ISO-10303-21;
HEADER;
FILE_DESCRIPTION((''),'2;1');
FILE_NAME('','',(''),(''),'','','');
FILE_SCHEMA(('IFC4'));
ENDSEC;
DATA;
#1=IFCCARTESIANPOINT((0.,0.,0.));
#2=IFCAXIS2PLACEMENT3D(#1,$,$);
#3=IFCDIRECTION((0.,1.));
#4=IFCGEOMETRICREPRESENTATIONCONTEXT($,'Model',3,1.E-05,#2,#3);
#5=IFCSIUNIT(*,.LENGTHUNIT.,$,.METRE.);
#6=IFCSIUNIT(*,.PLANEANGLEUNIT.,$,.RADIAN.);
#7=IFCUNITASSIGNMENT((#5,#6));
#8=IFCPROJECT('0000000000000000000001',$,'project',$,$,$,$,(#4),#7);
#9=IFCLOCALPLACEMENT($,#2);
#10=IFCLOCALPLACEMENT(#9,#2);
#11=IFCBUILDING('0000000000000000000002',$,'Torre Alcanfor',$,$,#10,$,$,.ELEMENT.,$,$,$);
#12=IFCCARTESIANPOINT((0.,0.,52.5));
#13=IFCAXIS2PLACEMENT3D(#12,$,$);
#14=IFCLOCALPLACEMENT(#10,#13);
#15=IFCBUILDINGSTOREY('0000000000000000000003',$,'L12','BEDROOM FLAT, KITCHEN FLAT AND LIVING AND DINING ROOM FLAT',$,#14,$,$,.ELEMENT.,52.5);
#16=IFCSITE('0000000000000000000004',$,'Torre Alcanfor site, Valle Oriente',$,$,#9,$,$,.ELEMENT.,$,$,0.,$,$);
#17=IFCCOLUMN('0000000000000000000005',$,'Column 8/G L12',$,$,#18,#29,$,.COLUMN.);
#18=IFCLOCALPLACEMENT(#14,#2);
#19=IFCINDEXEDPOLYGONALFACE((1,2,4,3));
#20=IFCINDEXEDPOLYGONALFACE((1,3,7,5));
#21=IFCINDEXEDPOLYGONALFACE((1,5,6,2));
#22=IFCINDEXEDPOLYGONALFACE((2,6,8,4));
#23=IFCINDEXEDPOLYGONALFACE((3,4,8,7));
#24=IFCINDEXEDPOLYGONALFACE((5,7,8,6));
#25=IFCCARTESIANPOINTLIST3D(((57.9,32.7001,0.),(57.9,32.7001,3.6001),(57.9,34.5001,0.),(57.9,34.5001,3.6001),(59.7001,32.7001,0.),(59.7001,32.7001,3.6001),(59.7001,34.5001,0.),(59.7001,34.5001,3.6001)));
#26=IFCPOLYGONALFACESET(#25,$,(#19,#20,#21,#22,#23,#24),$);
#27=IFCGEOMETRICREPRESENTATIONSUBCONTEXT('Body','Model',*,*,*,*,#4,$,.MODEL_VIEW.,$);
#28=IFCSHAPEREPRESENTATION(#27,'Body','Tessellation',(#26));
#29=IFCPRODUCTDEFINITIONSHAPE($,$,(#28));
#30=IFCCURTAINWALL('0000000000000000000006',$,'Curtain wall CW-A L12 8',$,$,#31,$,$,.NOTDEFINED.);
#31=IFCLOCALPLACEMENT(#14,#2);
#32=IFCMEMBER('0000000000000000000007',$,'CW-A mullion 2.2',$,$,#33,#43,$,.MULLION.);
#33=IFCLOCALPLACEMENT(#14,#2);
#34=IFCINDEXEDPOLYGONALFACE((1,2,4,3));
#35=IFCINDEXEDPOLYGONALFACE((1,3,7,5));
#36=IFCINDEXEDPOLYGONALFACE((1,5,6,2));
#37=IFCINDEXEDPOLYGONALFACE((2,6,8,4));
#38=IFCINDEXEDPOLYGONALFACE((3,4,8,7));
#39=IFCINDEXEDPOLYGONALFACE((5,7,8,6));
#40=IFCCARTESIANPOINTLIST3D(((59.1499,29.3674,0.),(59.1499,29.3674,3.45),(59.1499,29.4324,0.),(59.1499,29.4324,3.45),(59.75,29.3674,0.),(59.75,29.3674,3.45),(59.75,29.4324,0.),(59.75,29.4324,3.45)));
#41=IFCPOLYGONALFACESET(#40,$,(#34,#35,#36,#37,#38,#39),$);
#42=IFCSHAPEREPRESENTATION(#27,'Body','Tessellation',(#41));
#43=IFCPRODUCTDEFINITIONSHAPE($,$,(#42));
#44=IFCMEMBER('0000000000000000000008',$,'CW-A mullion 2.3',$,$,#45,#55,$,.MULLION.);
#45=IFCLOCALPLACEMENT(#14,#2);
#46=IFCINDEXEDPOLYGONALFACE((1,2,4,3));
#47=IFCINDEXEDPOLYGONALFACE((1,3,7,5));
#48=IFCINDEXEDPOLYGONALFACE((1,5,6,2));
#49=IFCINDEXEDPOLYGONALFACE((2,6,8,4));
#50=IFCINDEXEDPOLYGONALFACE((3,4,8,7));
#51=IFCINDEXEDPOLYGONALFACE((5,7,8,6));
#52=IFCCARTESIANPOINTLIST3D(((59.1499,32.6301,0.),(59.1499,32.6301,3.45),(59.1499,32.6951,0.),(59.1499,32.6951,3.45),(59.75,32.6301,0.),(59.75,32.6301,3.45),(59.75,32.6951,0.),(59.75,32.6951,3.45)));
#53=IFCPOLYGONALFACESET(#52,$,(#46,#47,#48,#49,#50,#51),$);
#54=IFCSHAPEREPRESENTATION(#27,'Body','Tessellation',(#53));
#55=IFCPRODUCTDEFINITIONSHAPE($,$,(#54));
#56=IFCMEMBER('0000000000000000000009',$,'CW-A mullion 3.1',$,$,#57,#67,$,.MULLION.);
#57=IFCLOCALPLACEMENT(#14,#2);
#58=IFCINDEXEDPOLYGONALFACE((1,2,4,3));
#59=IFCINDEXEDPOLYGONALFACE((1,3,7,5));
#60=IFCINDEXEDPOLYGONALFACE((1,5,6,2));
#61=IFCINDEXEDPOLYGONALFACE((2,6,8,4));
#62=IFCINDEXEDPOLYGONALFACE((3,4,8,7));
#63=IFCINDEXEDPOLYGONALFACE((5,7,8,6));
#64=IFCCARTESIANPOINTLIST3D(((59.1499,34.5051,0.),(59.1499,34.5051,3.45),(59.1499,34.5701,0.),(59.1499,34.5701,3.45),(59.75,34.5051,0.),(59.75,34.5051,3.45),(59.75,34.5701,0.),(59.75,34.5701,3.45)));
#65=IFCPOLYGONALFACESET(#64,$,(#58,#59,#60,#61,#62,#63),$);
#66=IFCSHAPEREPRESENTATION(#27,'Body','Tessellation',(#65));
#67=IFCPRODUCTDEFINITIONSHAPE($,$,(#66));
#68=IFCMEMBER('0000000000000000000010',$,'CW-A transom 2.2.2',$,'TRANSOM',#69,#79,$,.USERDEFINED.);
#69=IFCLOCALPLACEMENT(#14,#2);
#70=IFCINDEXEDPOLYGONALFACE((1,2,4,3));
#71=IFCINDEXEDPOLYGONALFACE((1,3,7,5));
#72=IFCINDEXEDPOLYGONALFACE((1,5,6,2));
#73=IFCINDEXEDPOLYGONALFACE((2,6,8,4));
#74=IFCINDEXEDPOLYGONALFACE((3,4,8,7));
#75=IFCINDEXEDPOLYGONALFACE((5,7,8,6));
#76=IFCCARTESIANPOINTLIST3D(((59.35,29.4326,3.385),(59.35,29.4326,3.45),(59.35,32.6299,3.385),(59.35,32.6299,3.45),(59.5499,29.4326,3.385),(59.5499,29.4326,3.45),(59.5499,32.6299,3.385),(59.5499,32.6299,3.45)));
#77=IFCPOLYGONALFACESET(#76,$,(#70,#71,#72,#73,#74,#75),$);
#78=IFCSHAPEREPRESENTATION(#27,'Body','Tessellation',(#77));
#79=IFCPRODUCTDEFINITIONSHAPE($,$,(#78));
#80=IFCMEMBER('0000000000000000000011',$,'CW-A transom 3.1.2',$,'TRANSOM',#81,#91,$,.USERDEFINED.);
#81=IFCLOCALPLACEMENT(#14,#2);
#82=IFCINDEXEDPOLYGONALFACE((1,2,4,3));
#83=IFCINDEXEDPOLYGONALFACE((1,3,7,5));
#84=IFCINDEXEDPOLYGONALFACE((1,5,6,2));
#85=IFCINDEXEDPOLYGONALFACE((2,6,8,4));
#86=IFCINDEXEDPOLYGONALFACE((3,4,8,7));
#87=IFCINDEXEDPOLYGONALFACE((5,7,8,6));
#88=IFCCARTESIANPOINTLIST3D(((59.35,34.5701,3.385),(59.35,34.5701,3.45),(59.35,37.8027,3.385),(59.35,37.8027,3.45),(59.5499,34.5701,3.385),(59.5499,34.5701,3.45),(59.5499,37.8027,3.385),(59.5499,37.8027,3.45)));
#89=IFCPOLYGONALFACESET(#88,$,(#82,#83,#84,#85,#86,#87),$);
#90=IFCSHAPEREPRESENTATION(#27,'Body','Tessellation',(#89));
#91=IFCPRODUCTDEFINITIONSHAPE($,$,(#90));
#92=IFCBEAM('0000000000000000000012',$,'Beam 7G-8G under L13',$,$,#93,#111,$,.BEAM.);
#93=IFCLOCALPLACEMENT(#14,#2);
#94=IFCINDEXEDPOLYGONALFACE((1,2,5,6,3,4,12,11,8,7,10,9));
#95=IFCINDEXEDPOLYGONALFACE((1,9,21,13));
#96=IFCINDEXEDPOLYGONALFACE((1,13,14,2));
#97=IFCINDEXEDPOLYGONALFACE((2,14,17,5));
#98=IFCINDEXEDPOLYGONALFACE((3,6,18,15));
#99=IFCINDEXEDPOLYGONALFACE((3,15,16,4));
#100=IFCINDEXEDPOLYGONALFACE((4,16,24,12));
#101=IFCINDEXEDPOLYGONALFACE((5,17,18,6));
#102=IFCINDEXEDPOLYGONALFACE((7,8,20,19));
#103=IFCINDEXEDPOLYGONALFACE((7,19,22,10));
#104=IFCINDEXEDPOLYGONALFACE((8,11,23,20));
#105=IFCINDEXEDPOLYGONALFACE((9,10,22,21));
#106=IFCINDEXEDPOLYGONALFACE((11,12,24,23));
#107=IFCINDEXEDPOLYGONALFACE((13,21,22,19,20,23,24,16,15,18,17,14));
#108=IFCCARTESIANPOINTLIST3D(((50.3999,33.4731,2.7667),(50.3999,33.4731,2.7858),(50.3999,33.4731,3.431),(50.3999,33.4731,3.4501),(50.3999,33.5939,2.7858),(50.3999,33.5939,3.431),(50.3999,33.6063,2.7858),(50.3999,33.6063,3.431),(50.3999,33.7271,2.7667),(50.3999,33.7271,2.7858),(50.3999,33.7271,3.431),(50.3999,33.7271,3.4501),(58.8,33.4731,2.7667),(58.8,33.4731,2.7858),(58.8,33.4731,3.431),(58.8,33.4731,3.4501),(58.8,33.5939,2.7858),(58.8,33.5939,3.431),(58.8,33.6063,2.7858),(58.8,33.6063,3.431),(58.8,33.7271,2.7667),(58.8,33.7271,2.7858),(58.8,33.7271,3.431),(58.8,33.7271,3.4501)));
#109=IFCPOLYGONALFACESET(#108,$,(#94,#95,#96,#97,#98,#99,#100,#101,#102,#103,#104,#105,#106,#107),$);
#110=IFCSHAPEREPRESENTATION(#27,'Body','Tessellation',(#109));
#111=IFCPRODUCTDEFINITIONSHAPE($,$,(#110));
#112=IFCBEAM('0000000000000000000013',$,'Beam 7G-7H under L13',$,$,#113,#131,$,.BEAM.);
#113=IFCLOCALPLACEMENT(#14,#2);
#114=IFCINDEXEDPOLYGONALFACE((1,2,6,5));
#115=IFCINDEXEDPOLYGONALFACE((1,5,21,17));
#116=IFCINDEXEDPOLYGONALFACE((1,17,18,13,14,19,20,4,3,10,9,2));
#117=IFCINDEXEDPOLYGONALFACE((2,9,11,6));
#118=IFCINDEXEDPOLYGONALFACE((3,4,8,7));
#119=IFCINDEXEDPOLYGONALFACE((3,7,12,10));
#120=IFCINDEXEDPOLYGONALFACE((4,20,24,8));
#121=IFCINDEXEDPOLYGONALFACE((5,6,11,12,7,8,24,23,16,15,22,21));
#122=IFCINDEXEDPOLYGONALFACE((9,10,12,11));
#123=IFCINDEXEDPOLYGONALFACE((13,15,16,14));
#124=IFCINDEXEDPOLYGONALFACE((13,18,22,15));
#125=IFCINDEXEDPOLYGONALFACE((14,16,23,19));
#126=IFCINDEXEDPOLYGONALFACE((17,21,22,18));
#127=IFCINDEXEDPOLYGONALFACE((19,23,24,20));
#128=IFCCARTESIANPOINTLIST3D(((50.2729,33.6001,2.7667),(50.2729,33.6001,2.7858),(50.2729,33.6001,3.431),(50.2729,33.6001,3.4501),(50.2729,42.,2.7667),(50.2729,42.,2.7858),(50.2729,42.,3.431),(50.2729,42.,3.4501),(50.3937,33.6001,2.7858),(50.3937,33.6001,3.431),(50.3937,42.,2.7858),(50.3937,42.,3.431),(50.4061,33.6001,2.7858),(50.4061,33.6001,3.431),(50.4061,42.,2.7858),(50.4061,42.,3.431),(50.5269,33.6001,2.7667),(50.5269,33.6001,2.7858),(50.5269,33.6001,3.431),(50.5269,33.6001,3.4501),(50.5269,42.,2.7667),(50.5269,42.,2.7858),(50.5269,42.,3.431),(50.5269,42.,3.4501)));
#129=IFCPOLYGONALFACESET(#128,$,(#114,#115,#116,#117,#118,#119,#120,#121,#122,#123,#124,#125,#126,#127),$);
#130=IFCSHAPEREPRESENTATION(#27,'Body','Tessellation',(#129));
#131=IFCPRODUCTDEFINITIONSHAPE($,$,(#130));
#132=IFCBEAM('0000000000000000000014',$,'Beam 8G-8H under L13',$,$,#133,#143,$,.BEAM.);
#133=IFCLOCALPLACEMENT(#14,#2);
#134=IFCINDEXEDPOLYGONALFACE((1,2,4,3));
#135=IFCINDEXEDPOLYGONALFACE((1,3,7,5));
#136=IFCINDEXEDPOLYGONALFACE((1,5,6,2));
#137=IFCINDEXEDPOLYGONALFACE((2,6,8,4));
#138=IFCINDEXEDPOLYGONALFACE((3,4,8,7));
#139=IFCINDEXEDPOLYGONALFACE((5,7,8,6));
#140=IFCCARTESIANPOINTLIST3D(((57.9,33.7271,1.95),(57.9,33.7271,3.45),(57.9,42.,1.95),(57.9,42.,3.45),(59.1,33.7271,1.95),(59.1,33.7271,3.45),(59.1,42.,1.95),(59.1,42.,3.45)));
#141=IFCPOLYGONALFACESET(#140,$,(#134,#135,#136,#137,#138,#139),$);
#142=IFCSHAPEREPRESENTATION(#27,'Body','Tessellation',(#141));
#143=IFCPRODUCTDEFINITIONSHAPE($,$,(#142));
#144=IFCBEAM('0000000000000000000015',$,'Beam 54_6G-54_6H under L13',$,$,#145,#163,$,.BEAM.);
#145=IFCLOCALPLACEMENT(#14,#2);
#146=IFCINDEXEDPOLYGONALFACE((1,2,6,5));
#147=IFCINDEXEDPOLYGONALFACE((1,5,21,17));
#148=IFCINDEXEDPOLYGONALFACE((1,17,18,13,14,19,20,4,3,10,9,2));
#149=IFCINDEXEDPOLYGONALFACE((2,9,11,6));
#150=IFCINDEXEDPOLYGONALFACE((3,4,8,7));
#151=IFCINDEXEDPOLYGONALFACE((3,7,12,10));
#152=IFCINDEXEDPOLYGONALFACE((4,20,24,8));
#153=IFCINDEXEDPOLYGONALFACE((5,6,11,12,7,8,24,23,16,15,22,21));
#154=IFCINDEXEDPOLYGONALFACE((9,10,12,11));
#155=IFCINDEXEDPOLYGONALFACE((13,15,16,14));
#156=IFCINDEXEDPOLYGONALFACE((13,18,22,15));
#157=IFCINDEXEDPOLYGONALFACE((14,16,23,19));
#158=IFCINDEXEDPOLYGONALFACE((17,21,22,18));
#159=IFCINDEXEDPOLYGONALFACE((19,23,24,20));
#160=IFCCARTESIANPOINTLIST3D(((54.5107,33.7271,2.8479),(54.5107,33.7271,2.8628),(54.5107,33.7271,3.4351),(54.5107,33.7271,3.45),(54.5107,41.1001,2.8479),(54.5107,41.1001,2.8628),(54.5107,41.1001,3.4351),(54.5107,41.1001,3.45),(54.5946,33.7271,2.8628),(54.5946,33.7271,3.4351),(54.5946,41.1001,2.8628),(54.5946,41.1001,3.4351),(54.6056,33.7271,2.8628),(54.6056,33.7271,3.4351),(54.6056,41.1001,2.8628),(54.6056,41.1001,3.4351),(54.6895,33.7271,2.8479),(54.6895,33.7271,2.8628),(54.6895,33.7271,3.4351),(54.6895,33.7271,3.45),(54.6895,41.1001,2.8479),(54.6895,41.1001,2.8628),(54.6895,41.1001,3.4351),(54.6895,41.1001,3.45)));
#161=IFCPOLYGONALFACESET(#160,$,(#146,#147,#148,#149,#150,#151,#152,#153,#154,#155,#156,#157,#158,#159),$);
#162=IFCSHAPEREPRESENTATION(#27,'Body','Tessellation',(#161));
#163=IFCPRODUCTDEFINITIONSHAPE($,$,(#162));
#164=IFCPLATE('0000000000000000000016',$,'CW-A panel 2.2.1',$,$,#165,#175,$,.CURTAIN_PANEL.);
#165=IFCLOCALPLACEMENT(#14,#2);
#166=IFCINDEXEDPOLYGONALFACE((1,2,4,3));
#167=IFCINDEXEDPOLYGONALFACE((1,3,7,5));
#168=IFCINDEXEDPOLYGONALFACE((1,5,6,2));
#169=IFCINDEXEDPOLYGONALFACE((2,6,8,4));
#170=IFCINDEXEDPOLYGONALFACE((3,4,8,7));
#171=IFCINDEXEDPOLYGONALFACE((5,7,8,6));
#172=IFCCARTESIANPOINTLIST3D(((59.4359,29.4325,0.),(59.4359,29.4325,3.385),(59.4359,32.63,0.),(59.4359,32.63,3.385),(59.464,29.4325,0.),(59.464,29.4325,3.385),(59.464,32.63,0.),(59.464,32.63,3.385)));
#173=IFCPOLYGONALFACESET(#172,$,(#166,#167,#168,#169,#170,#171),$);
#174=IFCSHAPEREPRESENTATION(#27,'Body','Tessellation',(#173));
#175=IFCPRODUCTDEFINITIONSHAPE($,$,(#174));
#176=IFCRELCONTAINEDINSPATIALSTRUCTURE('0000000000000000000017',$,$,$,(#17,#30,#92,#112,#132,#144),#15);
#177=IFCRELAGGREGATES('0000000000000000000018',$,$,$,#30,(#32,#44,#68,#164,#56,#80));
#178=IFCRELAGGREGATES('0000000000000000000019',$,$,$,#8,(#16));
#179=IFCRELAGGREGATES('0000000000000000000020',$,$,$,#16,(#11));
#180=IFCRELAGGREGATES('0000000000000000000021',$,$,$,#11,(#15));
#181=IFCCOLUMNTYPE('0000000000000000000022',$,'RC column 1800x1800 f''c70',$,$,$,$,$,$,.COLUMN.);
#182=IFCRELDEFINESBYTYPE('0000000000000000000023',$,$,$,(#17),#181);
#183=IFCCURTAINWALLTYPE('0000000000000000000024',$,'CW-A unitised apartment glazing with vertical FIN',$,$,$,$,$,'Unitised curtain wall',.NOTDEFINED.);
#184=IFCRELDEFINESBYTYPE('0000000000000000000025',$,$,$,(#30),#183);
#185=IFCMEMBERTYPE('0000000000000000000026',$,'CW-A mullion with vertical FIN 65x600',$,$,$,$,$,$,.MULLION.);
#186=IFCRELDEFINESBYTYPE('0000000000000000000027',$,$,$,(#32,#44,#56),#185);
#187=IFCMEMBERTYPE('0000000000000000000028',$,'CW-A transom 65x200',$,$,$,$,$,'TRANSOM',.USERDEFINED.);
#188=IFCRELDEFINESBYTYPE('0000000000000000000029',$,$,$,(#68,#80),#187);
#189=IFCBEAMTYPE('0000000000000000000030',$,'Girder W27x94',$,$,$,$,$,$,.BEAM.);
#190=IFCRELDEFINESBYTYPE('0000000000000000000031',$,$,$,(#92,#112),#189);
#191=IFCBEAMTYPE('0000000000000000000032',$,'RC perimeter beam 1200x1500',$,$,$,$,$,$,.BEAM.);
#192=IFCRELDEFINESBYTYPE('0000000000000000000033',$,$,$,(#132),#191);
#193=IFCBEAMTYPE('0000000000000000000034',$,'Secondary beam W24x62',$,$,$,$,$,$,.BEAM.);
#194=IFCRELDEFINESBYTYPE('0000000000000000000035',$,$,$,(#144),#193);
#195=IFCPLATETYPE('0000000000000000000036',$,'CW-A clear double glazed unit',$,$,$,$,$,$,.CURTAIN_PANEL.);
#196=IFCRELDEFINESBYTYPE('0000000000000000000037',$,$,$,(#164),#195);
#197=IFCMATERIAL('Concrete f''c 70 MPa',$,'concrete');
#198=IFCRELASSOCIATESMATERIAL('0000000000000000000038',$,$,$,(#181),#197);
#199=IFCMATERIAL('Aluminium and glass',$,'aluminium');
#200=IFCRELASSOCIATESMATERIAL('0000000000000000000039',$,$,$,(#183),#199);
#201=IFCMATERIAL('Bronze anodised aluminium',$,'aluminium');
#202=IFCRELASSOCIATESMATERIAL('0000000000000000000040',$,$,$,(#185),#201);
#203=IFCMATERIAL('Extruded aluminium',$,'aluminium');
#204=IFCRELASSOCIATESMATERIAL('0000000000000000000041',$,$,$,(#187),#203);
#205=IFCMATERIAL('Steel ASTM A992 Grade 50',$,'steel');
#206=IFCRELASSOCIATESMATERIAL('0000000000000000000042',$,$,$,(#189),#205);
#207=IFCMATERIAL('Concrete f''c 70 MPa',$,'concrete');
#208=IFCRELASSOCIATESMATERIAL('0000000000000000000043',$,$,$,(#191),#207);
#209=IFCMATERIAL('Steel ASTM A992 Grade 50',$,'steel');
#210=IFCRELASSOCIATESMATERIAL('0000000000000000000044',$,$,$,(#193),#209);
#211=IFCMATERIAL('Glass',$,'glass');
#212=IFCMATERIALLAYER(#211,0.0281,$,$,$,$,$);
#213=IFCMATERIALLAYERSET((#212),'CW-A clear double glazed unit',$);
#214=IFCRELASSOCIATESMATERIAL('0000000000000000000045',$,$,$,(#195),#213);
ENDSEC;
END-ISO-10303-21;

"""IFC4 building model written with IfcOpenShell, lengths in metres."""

from ifc_helpers import new_model, si_unit, direction, frame, origin, origin_2d, place, context, subcontext, project, spatial, rectangle, i_section, extrude, material, layer, layer_set, material_profile, profile_set, type_object, element, aggregate, save


model = new_model("IFC4")

# Units and contexts
model_context = context("Model", 3, precision=1e-05, world=origin(), true_north=direction((0.0, 1.0)))
body_context = subcontext(model_context, "Body", "Model", "MODEL_VIEW")
ifc_project = project(units=[si_unit("LENGTHUNIT", "METRE"), si_unit("PLANEANGLEUNIT", "RADIAN")], contexts=[model_context])

# Site, building, storey
site_placement = place(None, origin())
site = spatial("IfcSite", under=ifc_project, at=site_placement, Name="Torre Alcanfor site, Valle Oriente", CompositionType="ELEMENT", RefElevation=0.0)
building_placement = place(site_placement, origin())
building = spatial("IfcBuilding", under=site, at=building_placement, Name="Torre Alcanfor", CompositionType="ELEMENT")
storey_placement = place(building_placement, frame((0.0, 0.0, 52.5)))
storey = spatial("IfcBuildingStorey", under=building, at=storey_placement, Name="L12", Description="BEDROOM FLAT, KITCHEN FLAT AND LIVING AND DINING ROOM FLAT", CompositionType="ELEMENT", Elevation=52.5)

# Column
ifc_material_1 = material(Name="Concrete f'c 70 MPa", Category="concrete")
ifc_material_profile_1 = material_profile(ifc_material_1, rectangle(XDim=1.8, YDim=1.8, at=origin_2d()), Name="1800x1800")
ifc_profile_set_1 = profile_set([ifc_material_profile_1], Name="Concrete f'c 70 MPa")
column_type = type_object("IfcColumnType", Name="RC column 1800x1800 f'c70", PredefinedType="COLUMN", material=ifc_profile_set_1)
column_placement = place(storey_placement, frame((58.8, 33.6001, 0.0), z_axis=(0.0, 0.0, 1.0), x_axis=(1.0, 0.0, 0.0)))
element("IfcColumn", 1, at=column_placement, inside=storey, type_object=column_type, Name="Column 8/G L12", PredefinedType="COLUMN", context=body_context, shape_type="SweptSolid", body=[
    extrude(rectangle(XDim=1.8, YDim=1.8, at=origin_2d()), origin(), (0.0, 0.0, 1.0), 3.6001),
])

# Curtain wall, members
ifc_material_2 = material(Name="Aluminium and glass", Category="aluminium")
curtain_wall_type = type_object("IfcCurtainWallType", Name="CW-A unitised apartment glazing with vertical FIN", ElementType="Unitised curtain wall", PredefinedType="NOTDEFINED", material=ifc_material_2)
curtain_wall_placement = place(storey_placement, origin())
curtain_wall = element("IfcCurtainWall", 2, at=curtain_wall_placement, inside=storey, type_object=curtain_wall_type, Name="Curtain wall CW-A L12 8", PredefinedType="NOTDEFINED")
ifc_material_3 = material(Name="Bronze anodised aluminium", Category="aluminium")
ifc_material_profile_2 = material_profile(ifc_material_3, rectangle(XDim=0.6001, YDim=0.0649, at=origin_2d()), Name="CW-A mullion 65x600")
ifc_profile_set_2 = profile_set([ifc_material_profile_2], Name="Bronze anodised aluminium")
member_type_1 = type_object("IfcMemberType", Name="CW-A mullion with vertical FIN 65x600", PredefinedType="MULLION", material=ifc_profile_set_2)
member_1_placement = place(storey_placement, frame((59.45, 29.3999, 0.0), z_axis=(0.0, 0.0, 1.0), x_axis=(-1.0, 0.0, 0.0)))
member_1 = element("IfcMember", 3, at=member_1_placement, type_object=member_type_1, Name="CW-A mullion 2.2", PredefinedType="MULLION", context=body_context, shape_type="SweptSolid", body=[
    extrude(rectangle(XDim=0.6001, YDim=0.0649, at=origin_2d()), origin(), (0.0, 0.0, 1.0), 3.45),
])
member_2_placement = place(storey_placement, frame((59.45, 32.6626, 0.0), z_axis=(0.0, 0.0, 1.0), x_axis=(-1.0, 0.0, 0.0)))
member_2 = element("IfcMember", 4, at=member_2_placement, type_object=member_type_1, Name="CW-A mullion 2.3", PredefinedType="MULLION", context=body_context, shape_type="SweptSolid", body=[
    extrude(rectangle(XDim=0.6001, YDim=0.0649, at=origin_2d()), origin(), (0.0, 0.0, 1.0), 3.45),
])
member_3_placement = place(storey_placement, frame((59.45, 34.5376, 0.0), z_axis=(0.0, 0.0, 1.0), x_axis=(-1.0, 0.0, 0.0)))
member_3 = element("IfcMember", 5, at=member_3_placement, type_object=member_type_1, Name="CW-A mullion 3.1", PredefinedType="MULLION", context=body_context, shape_type="SweptSolid", body=[
    extrude(rectangle(XDim=0.6001, YDim=0.0649, at=origin_2d()), origin(), (0.0, 0.0, 1.0), 3.45),
])
ifc_material_4 = material(Name="Extruded aluminium", Category="aluminium")
ifc_material_profile_3 = material_profile(ifc_material_4, rectangle(XDim=0.2, YDim=0.0649, at=origin_2d()), Name="CW-A transom 200x65")
ifc_profile_set_3 = profile_set([ifc_material_profile_3], Name="Extruded aluminium")
member_type_2 = type_object("IfcMemberType", Name="CW-A transom 65x200", ElementType="TRANSOM", PredefinedType="USERDEFINED", material=ifc_profile_set_3)
member_4_placement = place(storey_placement, frame((59.45, 29.4326, 3.4175), z_axis=(0.0, 1.0, 0.0), x_axis=(-1.0, 0.0, 0.0)))
member_4 = element("IfcMember", 6, at=member_4_placement, type_object=member_type_2, Name="CW-A transom 2.2.2", ObjectType="TRANSOM", PredefinedType="USERDEFINED", context=body_context, shape_type="SweptSolid", body=[
    extrude(rectangle(XDim=0.2, YDim=0.0649, at=origin_2d()), origin(), (0.0, 0.0, 1.0), 3.1973),
])
member_5_placement = place(storey_placement, frame((59.45, 34.5701, 3.4175), z_axis=(0.0, 1.0, 0.0), x_axis=(-1.0, 0.0, 0.0)))
member_5 = element("IfcMember", 7, at=member_5_placement, type_object=member_type_2, Name="CW-A transom 3.1.2", ObjectType="TRANSOM", PredefinedType="USERDEFINED", context=body_context, shape_type="SweptSolid", body=[
    extrude(rectangle(XDim=0.2, YDim=0.0649, at=origin_2d()), origin(), (0.0, 0.0, 1.0), 3.2327),
])

# Beams
ifc_material_5 = material(Name="Steel ASTM A992 Grade 50", Category="steel")
ifc_material_profile_4 = material_profile(ifc_material_5, i_section(OverallWidth=0.2539, OverallDepth=0.6833, WebThickness=0.0125, FlangeThickness=0.019, at=origin_2d()), Name="W27x94")
ifc_profile_set_4 = profile_set([ifc_material_profile_4], Name="Steel ASTM A992 Grade 50")
beam_type_1 = type_object("IfcBeamType", Name="Girder W27x94", PredefinedType="BEAM", material=ifc_profile_set_4)
beam_1_placement = place(storey_placement, frame((50.3999, 33.6001, 3.1084), z_axis=(1.0, 0.0, 0.0), x_axis=(0.0, 1.0, 0.0)))
element("IfcBeam", 8, at=beam_1_placement, inside=storey, type_object=beam_type_1, Name="Beam 7G-8G under L13", PredefinedType="BEAM", context=body_context, shape_type="SweptSolid", body=[
    extrude(i_section(OverallWidth=0.2539, OverallDepth=0.6833, WebThickness=0.0125, FlangeThickness=0.019, at=origin_2d()), origin(), (0.0, 0.0, 1.0), 8.4001),
])
beam_2_placement = place(storey_placement, frame((50.3999, 33.6001, 3.1084), z_axis=(0.0, 1.0, 0.0), x_axis=(-1.0, 0.0, 0.0)))
element("IfcBeam", 9, at=beam_2_placement, inside=storey, type_object=beam_type_1, Name="Beam 7G-7H under L13", PredefinedType="BEAM", context=body_context, shape_type="SweptSolid", body=[
    extrude(i_section(OverallWidth=0.2539, OverallDepth=0.6833, WebThickness=0.0125, FlangeThickness=0.019, at=origin_2d()), origin(), (0.0, 0.0, 1.0), 8.3999),
])
ifc_material_6 = material(Name="Concrete f'c 70 MPa", Category="concrete")
ifc_material_profile_5 = material_profile(ifc_material_6, rectangle(XDim=1.2, YDim=1.5, at=origin_2d()), Name="1200x1500")
ifc_profile_set_5 = profile_set([ifc_material_profile_5], Name="Concrete f'c 70 MPa")
beam_type_2 = type_object("IfcBeamType", Name="RC perimeter beam 1200x1500", PredefinedType="BEAM", material=ifc_profile_set_5)
beam_3_placement = place(storey_placement, frame((58.5, 33.7271, 2.7), z_axis=(0.0, 1.0, 0.0), x_axis=(-1.0, 0.0, 0.0)))
element("IfcBeam", 10, at=beam_3_placement, inside=storey, type_object=beam_type_2, Name="Beam 8G-8H under L13", PredefinedType="BEAM", context=body_context, shape_type="SweptSolid", body=[
    extrude(rectangle(XDim=1.2, YDim=1.5, at=origin_2d()), origin(), (0.0, 0.0, 1.0), 8.2729),
])
ifc_material_7 = material(Name="Steel ASTM A992 Grade 50", Category="steel")
ifc_material_profile_6 = material_profile(ifc_material_7, i_section(OverallWidth=0.1787, OverallDepth=0.6021, WebThickness=0.011, FlangeThickness=0.0149, at=origin_2d()), Name="W24x62")
ifc_profile_set_6 = profile_set([ifc_material_profile_6], Name="Steel ASTM A992 Grade 50")
beam_type_3 = type_object("IfcBeamType", Name="Secondary beam W24x62", PredefinedType="BEAM", material=ifc_profile_set_6)
beam_4_placement = place(storey_placement, frame((54.6001, 33.7271, 3.1489), z_axis=(0.0, 1.0, 0.0), x_axis=(-1.0, 0.0, 0.0)))
element("IfcBeam", 11, at=beam_4_placement, inside=storey, type_object=beam_type_3, Name="Beam 54_6G-54_6H under L13", PredefinedType="BEAM", context=body_context, shape_type="SweptSolid", body=[
    extrude(i_section(OverallWidth=0.1787, OverallDepth=0.6021, WebThickness=0.011, FlangeThickness=0.0149, at=origin_2d()), origin(), (0.0, 0.0, 1.0), 7.373),
])

# Plate
ifc_material_8 = material(Name="Glass", Category="glass")
ifc_layer_1 = layer(ifc_material_8, 0.0281)
ifc_layer_set_1 = layer_set([ifc_layer_1], Name="CW-A clear double glazed unit")
plate_type = type_object("IfcPlateType", Name="CW-A clear double glazed unit", PredefinedType="CURTAIN_PANEL", material=ifc_layer_set_1)
plate_placement = place(storey_placement, frame((59.45, 31.0312, 0.0), z_axis=(0.0, 0.0, 1.0), x_axis=(0.0, 1.0, 0.0)))
plate = element("IfcPlate", 12, at=plate_placement, type_object=plate_type, Name="CW-A panel 2.2.1", PredefinedType="CURTAIN_PANEL", context=body_context, shape_type="SweptSolid", body=[
    extrude(rectangle(XDim=3.1975, YDim=0.0281, at=origin_2d()), origin(), (0.0, 0.0, 1.0), 3.385),
])
aggregate(curtain_wall, [member_1, member_2, member_4, plate, member_3, member_5])

save(model, "model.ifc")
